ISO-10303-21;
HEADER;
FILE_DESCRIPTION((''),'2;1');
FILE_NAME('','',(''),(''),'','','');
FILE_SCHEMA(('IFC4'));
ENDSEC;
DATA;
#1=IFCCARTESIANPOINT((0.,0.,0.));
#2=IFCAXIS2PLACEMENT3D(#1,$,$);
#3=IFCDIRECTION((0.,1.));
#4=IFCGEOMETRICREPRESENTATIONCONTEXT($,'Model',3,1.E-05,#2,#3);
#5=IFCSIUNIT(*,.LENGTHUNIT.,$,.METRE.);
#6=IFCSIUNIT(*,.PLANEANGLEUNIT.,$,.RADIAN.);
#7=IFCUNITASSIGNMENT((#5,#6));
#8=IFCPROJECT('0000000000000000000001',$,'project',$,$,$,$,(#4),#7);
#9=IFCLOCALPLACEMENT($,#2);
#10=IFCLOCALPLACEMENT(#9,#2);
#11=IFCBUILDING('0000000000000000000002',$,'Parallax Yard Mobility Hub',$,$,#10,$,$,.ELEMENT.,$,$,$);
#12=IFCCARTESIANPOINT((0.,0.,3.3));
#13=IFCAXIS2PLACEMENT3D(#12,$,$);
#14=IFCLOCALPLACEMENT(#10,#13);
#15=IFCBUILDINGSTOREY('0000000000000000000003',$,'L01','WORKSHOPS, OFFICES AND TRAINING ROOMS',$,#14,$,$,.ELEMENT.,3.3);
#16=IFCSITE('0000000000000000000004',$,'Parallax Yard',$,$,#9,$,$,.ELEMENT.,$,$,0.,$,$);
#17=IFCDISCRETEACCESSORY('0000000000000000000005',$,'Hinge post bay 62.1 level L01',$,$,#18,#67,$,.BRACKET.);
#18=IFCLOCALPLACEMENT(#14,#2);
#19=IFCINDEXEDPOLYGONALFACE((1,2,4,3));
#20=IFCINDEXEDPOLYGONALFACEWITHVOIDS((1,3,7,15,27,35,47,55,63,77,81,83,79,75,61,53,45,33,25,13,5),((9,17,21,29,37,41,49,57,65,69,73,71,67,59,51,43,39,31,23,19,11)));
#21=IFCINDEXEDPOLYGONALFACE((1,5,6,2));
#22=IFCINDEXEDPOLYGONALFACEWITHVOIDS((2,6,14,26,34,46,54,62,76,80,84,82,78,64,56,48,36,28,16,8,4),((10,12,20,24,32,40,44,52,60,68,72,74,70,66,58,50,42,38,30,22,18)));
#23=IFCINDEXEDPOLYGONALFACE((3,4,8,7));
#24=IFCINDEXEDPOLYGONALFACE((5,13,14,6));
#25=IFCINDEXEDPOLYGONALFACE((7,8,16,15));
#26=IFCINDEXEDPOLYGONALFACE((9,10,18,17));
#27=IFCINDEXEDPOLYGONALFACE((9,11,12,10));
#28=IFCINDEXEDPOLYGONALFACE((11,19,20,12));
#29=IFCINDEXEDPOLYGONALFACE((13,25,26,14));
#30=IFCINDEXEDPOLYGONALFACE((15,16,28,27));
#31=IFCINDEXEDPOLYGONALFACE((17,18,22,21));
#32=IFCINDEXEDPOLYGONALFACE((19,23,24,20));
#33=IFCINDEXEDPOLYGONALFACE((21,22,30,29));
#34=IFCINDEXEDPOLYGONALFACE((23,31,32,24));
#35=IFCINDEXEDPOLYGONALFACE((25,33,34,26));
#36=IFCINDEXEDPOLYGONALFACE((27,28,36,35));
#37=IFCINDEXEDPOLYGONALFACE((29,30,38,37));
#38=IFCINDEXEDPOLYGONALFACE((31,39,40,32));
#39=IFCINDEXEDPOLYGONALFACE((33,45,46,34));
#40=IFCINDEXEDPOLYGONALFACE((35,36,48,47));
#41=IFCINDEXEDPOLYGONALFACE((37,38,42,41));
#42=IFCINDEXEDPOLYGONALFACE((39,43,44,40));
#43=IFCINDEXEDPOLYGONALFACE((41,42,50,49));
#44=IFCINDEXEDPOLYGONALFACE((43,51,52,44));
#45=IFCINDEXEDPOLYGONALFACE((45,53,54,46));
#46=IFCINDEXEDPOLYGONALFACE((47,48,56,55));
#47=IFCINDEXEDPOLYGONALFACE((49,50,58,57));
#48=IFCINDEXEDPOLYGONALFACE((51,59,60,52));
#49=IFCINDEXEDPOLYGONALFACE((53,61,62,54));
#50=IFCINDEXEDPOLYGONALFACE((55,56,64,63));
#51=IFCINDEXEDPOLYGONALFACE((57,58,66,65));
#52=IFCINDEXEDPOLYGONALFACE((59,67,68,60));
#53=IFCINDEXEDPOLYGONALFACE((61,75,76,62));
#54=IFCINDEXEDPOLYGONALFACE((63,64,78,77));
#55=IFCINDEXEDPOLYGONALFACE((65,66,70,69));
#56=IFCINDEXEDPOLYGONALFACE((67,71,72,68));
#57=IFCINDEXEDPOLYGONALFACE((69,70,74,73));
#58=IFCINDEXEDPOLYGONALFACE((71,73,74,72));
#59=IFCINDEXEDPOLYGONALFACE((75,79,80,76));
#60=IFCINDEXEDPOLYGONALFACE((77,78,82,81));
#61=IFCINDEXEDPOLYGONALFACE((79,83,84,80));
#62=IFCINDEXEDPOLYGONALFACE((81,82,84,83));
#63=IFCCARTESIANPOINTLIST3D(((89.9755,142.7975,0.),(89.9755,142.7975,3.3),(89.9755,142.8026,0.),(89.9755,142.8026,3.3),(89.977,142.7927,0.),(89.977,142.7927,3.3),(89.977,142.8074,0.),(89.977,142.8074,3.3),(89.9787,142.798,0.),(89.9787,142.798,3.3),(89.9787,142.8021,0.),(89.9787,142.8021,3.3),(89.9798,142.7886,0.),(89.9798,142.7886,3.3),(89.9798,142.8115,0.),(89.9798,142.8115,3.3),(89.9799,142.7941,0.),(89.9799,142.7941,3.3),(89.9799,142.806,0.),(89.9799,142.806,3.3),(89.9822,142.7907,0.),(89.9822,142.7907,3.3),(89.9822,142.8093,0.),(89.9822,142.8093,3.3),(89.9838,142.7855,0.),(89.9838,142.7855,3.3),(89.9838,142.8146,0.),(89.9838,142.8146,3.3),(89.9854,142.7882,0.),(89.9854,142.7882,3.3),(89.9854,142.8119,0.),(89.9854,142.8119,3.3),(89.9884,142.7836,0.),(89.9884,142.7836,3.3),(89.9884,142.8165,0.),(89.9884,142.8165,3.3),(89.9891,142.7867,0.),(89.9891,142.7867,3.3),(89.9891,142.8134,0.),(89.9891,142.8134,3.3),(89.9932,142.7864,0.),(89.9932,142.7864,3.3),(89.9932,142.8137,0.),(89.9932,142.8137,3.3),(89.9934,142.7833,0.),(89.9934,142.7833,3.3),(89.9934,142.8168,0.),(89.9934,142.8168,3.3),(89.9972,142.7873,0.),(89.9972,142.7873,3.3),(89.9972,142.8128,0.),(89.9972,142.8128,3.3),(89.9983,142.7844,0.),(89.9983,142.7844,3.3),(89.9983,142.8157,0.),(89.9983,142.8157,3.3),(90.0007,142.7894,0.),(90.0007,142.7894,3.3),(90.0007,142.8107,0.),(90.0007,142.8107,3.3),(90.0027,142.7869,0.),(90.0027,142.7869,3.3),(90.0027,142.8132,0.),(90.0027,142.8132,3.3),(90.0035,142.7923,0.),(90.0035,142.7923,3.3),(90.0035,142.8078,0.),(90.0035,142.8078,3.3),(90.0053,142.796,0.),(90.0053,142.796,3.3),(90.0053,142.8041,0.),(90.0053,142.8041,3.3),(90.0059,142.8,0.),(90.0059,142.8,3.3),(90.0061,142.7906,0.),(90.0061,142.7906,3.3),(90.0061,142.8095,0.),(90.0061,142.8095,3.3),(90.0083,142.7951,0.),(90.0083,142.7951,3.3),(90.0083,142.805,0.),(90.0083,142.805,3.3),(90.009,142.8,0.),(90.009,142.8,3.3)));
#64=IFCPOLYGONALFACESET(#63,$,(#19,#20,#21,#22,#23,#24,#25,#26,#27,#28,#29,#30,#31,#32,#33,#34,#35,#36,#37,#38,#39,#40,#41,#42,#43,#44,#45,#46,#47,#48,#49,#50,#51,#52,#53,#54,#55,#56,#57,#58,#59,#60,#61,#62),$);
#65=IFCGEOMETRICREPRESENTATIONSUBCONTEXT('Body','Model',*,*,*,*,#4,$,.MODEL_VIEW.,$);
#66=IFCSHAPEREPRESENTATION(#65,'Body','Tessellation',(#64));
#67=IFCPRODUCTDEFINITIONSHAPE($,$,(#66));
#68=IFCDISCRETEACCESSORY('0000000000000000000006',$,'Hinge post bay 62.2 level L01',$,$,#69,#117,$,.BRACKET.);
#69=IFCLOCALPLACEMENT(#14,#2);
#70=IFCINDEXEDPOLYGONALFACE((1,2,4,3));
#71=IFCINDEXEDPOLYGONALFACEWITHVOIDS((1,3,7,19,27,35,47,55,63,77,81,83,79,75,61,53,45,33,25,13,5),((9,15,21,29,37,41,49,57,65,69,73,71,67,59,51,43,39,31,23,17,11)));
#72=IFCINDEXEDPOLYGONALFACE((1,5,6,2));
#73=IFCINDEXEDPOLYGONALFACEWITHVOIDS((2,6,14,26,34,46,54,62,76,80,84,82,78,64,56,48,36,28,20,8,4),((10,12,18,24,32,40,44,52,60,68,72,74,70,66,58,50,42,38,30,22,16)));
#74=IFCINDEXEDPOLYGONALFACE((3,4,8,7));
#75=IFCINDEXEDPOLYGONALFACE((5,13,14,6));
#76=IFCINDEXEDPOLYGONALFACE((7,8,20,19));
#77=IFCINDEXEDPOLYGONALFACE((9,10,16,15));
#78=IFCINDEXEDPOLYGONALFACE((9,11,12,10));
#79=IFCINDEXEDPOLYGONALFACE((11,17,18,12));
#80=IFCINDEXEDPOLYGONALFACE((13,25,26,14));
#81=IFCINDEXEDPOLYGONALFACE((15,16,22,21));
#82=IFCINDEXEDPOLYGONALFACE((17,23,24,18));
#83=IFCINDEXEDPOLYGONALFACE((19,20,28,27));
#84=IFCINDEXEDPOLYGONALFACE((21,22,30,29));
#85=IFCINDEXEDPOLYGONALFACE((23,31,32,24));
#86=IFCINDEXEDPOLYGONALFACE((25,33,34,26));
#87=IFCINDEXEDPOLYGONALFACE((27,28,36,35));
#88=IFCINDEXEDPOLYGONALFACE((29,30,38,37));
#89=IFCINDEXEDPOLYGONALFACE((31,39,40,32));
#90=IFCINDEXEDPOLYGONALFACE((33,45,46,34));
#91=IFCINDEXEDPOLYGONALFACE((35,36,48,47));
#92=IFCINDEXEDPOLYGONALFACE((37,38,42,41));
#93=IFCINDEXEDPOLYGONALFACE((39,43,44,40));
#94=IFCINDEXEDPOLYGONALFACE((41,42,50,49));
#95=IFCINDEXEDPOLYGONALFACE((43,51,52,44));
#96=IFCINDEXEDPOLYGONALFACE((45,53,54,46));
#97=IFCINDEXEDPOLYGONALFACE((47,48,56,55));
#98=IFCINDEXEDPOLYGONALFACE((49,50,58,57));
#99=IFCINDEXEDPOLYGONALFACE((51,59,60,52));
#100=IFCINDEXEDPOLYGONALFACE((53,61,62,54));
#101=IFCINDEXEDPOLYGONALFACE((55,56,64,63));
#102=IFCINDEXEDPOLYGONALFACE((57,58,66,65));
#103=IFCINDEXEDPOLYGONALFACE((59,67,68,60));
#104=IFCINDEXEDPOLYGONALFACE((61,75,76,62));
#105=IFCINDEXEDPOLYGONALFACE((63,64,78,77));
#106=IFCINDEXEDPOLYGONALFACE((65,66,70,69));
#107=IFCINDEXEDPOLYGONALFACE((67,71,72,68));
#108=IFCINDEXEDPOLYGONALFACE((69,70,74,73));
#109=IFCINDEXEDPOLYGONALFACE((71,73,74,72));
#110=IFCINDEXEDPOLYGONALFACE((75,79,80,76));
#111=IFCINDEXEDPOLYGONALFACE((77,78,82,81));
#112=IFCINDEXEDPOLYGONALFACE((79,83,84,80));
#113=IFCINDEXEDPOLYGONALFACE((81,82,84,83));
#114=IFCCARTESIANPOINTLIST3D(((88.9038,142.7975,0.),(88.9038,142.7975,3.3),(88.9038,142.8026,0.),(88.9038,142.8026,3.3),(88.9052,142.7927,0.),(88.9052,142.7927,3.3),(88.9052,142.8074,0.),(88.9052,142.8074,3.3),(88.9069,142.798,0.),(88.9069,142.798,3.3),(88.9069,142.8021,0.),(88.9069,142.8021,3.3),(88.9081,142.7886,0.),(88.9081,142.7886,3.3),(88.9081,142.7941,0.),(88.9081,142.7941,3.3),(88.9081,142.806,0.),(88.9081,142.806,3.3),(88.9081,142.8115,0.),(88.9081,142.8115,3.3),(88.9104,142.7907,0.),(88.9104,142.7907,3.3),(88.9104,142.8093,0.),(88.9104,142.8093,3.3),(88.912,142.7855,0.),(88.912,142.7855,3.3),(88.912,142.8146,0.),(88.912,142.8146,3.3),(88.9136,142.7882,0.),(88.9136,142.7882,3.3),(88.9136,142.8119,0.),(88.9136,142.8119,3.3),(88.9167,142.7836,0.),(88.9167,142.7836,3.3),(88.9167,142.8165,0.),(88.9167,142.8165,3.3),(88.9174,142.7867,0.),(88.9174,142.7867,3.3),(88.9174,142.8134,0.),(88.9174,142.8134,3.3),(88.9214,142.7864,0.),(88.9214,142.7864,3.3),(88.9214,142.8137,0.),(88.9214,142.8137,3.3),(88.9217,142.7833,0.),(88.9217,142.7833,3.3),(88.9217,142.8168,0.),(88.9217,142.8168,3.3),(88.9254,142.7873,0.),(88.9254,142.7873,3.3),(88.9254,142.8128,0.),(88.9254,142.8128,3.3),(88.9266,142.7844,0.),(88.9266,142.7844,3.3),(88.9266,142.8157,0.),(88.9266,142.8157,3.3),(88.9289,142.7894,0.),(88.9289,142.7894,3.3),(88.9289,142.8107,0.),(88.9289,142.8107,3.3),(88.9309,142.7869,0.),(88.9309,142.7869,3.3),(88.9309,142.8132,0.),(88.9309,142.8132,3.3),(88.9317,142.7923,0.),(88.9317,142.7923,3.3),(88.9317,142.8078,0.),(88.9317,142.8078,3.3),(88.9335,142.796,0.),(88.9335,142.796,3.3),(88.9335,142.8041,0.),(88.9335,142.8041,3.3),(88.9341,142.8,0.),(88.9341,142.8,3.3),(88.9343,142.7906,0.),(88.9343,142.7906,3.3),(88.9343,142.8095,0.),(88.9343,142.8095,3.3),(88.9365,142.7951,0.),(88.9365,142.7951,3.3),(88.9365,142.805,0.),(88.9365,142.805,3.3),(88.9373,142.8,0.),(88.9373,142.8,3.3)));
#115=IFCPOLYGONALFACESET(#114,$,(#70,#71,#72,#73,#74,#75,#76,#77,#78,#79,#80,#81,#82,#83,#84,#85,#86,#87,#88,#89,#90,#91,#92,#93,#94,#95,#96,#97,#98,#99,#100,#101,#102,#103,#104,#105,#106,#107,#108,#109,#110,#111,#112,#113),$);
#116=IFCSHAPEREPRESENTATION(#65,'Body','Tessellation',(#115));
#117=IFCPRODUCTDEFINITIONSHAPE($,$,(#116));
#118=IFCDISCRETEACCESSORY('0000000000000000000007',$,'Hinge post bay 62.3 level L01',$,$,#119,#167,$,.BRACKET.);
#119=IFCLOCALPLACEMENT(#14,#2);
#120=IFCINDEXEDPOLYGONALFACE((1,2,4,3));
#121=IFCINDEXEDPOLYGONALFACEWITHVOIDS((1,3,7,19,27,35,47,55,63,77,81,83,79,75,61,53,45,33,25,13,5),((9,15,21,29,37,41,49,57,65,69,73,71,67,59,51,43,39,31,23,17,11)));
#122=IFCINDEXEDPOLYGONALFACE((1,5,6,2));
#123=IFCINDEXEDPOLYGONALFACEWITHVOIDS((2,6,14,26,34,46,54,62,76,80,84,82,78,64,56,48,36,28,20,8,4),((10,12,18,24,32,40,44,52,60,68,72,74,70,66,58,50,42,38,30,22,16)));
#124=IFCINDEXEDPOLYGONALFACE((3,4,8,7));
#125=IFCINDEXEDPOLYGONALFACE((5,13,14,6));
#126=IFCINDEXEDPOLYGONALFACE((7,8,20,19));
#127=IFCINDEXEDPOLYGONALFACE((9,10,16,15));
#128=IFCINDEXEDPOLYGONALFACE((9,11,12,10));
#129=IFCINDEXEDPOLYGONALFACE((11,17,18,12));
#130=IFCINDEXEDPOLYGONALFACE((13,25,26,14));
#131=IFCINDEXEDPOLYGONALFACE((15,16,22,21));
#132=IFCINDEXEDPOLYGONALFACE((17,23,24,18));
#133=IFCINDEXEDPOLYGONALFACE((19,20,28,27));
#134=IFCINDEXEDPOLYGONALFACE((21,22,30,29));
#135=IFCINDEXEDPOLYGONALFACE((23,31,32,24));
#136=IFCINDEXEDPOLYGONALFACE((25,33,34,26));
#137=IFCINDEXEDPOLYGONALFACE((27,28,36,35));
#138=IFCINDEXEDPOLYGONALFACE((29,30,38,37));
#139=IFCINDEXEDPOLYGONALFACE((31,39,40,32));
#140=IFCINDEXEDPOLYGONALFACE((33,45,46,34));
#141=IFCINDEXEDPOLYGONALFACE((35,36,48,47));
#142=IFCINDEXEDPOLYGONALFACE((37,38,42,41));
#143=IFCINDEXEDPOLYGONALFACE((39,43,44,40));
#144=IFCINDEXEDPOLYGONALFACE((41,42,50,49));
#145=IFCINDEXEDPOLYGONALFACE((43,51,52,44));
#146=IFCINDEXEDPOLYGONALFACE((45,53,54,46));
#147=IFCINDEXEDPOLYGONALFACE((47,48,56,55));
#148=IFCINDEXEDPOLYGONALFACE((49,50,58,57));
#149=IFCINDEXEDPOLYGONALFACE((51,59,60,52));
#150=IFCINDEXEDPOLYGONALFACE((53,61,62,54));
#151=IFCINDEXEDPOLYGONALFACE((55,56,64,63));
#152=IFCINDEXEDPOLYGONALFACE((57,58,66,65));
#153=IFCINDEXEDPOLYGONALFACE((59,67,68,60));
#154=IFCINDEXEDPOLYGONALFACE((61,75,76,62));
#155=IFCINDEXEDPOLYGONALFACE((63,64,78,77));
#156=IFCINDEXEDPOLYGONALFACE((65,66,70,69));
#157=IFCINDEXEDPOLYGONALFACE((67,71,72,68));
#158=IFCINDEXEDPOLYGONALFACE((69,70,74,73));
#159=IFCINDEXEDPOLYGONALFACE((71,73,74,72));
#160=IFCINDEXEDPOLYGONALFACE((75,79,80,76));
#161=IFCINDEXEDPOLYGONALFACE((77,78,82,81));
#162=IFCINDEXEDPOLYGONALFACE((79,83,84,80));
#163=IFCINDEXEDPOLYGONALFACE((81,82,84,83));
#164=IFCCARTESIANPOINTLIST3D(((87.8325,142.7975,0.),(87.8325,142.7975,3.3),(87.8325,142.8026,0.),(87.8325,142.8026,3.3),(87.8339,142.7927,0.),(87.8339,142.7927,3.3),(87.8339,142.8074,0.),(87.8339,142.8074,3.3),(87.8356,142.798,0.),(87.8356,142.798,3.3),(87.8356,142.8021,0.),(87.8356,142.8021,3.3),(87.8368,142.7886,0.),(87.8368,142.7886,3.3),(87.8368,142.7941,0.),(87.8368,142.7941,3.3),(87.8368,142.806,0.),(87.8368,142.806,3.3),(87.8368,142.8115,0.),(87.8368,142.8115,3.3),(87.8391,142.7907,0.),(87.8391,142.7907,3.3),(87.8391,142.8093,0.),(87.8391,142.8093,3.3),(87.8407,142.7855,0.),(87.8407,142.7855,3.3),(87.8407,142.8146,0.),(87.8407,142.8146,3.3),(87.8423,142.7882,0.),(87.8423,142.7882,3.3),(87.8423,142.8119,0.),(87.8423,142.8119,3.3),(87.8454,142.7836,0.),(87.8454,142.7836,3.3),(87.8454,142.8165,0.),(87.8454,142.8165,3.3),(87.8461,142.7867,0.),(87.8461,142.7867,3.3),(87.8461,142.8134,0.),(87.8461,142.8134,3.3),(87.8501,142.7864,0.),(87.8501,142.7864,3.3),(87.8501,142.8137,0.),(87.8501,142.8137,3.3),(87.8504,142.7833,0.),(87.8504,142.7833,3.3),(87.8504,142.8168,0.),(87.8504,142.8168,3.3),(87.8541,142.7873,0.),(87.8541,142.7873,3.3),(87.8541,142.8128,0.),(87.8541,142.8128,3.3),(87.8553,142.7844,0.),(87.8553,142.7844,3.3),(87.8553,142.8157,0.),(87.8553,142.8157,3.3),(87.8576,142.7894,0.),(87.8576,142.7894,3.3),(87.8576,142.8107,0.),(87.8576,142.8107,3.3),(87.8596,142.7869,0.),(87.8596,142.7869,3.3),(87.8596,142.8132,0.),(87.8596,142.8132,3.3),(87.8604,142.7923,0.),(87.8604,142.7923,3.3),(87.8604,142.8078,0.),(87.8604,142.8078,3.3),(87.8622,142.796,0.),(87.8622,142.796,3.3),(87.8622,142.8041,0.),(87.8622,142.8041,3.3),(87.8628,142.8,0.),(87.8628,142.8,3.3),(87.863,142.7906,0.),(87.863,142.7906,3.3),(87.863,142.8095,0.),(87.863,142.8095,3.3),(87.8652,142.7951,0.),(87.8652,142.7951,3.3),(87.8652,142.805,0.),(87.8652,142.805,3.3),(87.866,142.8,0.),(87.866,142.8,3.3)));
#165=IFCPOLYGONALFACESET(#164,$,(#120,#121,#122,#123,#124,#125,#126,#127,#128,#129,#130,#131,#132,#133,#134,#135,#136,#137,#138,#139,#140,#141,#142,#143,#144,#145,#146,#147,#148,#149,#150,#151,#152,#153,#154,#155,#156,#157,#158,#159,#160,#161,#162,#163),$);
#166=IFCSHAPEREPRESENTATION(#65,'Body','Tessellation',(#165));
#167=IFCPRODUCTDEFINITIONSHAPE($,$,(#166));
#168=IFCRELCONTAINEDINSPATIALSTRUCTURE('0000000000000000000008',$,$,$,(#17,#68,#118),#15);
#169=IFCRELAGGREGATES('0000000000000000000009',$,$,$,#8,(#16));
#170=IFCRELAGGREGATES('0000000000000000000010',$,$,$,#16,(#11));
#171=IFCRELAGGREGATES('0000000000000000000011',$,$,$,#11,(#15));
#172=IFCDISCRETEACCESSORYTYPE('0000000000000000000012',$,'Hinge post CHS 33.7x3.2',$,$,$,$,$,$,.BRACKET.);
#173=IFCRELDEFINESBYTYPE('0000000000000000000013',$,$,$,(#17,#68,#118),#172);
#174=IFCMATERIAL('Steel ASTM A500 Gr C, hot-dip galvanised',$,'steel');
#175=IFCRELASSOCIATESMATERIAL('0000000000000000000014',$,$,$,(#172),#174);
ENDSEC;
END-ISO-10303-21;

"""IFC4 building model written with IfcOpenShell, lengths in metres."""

from ifc_helpers import new_model, si_unit, direction, frame, origin, origin_2d, place, context, subcontext, project, spatial, hollow_circle, extrude, material, material_profile, profile_set, type_object, element, save


model = new_model("IFC4")

# Units and contexts
model_context = context("Model", 3, precision=1e-05, world=origin(), true_north=direction((0.0, 1.0)))
body_context = subcontext(model_context, "Body", "Model", "MODEL_VIEW")
ifc_project = project(units=[si_unit("LENGTHUNIT", "METRE"), si_unit("PLANEANGLEUNIT", "RADIAN")], contexts=[model_context])

# Site, building, storey
site_placement = place(None, origin())
site = spatial("IfcSite", under=ifc_project, at=site_placement, Name="Parallax Yard", CompositionType="ELEMENT", RefElevation=0.0)
building_placement = place(site_placement, origin())
building = spatial("IfcBuilding", under=site, at=building_placement, Name="Parallax Yard Mobility Hub", CompositionType="ELEMENT")
storey_placement = place(building_placement, frame((0.0, 0.0, 3.3)))
storey = spatial("IfcBuildingStorey", under=building, at=storey_placement, Name="L01", Description="WORKSHOPS, OFFICES AND TRAINING ROOMS", CompositionType="ELEMENT", Elevation=3.3)

# Discrete accessories
ifc_material_1 = material(Name="Steel ASTM A500 Gr C, hot-dip galvanised", Category="steel")
ifc_material_profile = material_profile(ifc_material_1, hollow_circle(Radius=0.0168, WallThickness=0.0032, at=origin_2d()), Name="CHS 33.7x3.2")
ifc_profile_set = profile_set([ifc_material_profile], Name="Steel ASTM A500 Gr C, hot-dip galvanised")
discrete_accessory_type_1 = type_object("IfcDiscreteAccessoryType", Name="Hinge post CHS 33.7x3.2", PredefinedType="BRACKET", material=ifc_profile_set)
for number, where, z_axis, x_axis, name in (
    (1, (89.9922, 142.8, 0.0), (0.0, 0.0, 1.0), (1.0, 0.0, 0.0), "Hinge post bay 62.1 level L01"),
    (2, (88.9204, 142.8, 0.0), (0.0, 0.0, 1.0), (1.0, 0.0, 0.0), "Hinge post bay 62.2 level L01"),
    (3, (87.8491, 142.8, 0.0), (0.0, 0.0, 1.0), (1.0, 0.0, 0.0), "Hinge post bay 62.3 level L01"),
):
    element("IfcDiscreteAccessory", number, at=place(storey_placement, frame(where, z_axis=z_axis, x_axis=x_axis)), inside=storey, type_object=discrete_accessory_type_1, Name=name, PredefinedType="BRACKET", context=body_context, shape_type="SweptSolid", body=[
        extrude(hollow_circle(Radius=0.0168, WallThickness=0.0032, at=origin_2d()), origin(), (0.0, 0.0, 1.0), 3.3),
    ])

save(model, "model.ifc")
